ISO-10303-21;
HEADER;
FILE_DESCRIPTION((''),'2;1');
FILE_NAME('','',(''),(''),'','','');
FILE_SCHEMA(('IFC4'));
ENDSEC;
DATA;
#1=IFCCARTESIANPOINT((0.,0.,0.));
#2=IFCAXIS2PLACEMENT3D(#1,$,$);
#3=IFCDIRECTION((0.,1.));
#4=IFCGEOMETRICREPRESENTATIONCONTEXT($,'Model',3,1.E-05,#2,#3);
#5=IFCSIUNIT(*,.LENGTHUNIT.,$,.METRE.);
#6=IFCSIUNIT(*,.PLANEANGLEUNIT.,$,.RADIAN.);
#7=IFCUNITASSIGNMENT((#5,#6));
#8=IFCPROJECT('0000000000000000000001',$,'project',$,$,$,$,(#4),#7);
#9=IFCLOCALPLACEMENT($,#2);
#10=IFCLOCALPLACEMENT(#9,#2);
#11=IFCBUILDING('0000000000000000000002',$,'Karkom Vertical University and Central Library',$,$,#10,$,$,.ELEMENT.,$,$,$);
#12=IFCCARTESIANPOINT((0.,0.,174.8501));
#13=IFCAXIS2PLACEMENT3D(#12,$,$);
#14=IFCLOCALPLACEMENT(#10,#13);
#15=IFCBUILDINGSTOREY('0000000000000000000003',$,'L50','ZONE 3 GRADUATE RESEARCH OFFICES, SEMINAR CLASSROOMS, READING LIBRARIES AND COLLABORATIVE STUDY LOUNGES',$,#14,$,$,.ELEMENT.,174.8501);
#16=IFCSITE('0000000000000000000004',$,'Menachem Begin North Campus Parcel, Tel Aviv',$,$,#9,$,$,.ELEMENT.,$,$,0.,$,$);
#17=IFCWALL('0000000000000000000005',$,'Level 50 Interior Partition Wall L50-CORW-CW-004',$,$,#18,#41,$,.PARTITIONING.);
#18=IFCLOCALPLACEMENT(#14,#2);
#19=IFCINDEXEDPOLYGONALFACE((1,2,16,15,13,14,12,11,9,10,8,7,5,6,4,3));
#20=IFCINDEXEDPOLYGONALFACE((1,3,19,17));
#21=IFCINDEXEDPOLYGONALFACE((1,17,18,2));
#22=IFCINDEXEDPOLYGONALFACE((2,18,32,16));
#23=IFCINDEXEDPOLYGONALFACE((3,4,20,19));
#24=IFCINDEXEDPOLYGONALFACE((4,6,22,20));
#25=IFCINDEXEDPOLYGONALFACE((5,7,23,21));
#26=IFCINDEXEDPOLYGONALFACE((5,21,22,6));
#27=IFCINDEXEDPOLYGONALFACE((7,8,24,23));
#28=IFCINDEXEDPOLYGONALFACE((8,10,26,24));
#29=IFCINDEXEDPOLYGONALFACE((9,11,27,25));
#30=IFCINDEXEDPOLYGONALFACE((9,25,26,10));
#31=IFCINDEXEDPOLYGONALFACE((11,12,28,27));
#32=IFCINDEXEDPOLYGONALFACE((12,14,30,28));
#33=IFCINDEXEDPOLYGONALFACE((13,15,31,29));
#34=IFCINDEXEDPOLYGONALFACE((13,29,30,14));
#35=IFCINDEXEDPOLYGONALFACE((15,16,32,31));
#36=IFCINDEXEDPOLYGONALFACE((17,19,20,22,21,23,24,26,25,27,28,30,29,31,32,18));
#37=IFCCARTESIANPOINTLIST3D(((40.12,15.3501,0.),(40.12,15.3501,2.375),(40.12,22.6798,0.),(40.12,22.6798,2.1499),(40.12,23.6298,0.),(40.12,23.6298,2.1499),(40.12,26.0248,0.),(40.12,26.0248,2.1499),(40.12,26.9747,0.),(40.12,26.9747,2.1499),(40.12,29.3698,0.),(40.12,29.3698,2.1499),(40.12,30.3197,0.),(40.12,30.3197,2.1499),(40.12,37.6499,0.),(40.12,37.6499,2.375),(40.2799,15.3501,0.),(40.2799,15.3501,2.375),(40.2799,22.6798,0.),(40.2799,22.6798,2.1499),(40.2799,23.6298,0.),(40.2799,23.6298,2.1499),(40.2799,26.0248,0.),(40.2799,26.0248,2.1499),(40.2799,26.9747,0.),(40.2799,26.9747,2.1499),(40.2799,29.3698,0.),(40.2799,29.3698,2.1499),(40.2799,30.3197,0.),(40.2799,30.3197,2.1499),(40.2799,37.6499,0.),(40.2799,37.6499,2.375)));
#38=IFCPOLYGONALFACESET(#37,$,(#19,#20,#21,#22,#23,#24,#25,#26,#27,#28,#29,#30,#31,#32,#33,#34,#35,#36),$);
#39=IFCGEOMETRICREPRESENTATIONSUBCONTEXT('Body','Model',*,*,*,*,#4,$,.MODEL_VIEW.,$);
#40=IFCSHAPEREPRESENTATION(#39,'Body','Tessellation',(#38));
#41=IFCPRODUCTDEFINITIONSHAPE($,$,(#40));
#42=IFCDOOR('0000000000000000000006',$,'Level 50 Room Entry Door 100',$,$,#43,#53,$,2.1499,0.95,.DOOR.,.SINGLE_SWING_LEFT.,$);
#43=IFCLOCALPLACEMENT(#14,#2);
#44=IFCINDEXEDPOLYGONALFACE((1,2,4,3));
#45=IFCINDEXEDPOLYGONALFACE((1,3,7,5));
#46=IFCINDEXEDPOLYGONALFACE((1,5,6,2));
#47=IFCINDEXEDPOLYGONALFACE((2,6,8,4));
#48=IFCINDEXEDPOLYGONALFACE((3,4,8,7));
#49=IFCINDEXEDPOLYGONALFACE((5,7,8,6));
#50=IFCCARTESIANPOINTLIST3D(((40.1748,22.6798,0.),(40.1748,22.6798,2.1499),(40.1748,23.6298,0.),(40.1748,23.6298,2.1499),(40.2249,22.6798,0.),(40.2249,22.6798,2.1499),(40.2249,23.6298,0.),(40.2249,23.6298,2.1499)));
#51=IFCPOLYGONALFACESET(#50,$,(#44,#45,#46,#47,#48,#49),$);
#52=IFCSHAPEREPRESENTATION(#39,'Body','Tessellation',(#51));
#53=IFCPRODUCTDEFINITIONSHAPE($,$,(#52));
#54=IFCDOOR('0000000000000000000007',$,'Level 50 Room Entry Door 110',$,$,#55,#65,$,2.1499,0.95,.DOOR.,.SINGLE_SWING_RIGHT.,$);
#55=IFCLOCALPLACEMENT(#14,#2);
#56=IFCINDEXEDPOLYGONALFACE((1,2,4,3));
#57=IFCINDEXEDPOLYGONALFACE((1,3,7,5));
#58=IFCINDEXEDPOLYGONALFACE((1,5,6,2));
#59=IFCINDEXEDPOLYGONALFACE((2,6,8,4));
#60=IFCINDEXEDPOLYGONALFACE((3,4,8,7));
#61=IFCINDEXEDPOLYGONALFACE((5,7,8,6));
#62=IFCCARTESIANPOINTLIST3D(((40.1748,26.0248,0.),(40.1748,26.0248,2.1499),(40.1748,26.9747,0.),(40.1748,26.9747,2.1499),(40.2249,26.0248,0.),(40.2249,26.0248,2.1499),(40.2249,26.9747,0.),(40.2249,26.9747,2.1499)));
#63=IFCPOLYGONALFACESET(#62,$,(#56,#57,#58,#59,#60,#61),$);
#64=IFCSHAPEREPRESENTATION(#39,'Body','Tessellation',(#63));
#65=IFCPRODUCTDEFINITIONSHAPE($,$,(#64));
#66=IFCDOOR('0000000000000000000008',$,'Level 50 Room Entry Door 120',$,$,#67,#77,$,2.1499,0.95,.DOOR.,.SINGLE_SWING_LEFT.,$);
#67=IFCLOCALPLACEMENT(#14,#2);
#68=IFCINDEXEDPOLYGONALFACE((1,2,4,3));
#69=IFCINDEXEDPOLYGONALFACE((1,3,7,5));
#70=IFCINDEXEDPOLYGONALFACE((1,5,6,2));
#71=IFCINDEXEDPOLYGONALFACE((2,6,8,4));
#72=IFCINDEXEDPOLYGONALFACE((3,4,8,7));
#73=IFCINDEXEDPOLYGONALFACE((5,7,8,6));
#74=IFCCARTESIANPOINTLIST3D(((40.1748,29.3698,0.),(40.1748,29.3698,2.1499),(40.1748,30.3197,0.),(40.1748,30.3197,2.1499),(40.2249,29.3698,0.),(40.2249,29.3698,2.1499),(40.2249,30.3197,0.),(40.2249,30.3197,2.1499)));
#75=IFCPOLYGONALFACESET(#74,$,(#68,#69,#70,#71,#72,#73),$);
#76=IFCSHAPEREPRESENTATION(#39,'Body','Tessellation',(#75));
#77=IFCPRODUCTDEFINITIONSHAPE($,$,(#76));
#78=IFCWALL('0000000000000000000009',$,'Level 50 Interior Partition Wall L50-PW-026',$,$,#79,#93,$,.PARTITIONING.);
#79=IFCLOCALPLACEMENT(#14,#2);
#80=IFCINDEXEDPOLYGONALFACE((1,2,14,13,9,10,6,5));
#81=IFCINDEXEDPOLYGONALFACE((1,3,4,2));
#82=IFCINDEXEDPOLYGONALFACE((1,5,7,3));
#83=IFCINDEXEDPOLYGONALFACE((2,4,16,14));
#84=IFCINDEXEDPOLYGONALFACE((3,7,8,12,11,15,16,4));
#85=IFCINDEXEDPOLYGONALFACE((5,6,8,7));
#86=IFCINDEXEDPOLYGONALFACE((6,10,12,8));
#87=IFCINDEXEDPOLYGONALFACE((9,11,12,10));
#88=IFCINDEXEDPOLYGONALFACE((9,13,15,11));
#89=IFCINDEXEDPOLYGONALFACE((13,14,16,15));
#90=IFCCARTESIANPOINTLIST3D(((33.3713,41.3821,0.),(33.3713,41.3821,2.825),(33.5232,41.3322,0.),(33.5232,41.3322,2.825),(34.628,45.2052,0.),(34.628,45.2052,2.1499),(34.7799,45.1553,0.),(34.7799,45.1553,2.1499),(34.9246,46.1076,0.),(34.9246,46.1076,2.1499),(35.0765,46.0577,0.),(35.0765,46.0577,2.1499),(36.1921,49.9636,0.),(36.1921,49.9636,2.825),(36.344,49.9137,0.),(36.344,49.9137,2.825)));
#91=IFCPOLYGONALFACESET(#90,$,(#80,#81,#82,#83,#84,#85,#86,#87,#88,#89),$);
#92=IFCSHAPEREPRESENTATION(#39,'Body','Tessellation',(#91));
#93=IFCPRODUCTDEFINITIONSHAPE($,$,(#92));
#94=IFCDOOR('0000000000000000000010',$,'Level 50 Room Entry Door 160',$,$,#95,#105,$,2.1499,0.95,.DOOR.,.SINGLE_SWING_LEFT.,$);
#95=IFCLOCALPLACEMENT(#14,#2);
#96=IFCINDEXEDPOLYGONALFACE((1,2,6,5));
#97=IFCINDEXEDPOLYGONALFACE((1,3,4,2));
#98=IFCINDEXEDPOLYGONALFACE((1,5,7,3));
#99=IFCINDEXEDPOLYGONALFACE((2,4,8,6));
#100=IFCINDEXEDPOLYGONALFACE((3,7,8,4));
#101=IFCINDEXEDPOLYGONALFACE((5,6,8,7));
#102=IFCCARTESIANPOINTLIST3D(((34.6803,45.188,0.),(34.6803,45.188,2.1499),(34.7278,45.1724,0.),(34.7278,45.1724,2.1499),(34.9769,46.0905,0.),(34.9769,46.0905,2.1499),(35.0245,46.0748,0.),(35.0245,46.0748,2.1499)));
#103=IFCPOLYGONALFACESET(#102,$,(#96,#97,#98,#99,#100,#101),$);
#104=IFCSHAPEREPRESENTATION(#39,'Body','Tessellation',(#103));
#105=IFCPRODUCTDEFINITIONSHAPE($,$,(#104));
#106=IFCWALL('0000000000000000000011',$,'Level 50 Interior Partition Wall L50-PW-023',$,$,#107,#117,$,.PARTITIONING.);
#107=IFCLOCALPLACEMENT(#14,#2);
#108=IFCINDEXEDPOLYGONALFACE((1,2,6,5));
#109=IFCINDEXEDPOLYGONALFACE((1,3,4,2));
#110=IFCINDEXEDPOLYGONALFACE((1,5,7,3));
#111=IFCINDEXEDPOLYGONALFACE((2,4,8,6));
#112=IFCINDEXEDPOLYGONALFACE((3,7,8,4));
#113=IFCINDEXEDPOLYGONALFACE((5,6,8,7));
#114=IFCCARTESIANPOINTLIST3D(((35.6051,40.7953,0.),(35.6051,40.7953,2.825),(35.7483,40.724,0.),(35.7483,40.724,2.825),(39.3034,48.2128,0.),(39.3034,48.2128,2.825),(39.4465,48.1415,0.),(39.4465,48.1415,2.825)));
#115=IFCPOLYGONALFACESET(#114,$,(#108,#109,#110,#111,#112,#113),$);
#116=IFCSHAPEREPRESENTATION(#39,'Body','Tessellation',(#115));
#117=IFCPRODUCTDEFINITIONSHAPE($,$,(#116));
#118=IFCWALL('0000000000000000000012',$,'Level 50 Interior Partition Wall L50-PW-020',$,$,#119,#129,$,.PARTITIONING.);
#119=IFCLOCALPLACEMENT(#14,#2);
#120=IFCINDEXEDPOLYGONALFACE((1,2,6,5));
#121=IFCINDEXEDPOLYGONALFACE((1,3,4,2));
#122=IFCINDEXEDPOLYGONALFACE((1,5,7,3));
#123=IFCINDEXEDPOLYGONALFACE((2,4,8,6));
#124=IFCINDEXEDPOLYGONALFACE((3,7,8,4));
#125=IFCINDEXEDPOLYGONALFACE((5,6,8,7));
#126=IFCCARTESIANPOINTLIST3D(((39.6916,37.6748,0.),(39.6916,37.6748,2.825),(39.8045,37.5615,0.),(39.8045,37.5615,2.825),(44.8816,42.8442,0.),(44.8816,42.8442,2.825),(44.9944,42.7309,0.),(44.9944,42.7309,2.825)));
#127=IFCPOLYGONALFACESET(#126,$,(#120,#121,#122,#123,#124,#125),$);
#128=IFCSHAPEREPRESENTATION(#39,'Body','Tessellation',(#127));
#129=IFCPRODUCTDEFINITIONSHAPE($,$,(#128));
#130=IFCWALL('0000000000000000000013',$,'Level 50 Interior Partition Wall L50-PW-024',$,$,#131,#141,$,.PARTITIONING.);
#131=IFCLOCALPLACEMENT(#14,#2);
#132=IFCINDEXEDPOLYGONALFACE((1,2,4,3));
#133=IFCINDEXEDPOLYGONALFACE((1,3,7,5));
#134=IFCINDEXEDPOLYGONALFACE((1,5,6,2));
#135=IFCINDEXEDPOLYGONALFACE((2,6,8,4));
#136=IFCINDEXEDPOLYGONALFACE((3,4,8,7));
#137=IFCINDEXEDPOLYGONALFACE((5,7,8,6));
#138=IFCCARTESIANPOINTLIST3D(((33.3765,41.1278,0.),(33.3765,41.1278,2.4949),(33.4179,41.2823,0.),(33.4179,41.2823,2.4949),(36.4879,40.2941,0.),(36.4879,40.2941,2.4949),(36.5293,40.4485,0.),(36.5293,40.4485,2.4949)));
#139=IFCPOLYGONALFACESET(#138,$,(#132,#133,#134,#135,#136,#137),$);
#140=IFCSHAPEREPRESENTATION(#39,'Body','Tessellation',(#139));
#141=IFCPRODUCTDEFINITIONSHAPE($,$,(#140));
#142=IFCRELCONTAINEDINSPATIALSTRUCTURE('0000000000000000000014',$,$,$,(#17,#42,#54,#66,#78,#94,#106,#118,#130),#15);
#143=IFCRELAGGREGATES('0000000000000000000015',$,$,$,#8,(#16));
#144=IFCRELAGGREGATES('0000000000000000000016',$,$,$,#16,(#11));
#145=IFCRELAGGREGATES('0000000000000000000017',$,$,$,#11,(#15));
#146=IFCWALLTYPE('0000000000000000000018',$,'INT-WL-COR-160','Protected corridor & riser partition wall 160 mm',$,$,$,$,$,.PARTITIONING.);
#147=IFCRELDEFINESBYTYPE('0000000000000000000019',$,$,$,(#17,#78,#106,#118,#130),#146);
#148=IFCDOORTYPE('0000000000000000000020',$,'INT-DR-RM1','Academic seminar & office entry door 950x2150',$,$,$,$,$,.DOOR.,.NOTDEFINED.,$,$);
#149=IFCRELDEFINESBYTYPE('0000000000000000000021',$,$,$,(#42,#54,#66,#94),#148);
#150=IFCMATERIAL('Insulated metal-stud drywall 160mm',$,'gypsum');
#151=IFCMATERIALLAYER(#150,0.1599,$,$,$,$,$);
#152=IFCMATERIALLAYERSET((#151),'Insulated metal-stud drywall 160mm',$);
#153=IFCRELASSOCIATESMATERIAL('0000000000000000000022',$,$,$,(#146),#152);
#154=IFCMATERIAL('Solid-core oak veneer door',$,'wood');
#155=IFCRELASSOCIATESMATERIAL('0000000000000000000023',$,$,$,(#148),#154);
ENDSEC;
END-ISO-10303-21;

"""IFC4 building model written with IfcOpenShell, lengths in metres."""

from ifc_helpers import new_model, si_unit, direction, frame, frame_2d, origin, origin_with_axes, place, context, subcontext, project, spatial, rectangle, extrude, source, transform, mapped, material, layer, layer_set, type_object, element, fill, save


model = new_model("IFC4")

# Units and contexts
model_context = context("Model", 3, precision=1e-05, world=origin(), true_north=direction((0.0, 1.0)))
body_context = subcontext(model_context, "Body", "Model", "MODEL_VIEW")
ifc_project = project(units=[si_unit("LENGTHUNIT", "METRE"), si_unit("PLANEANGLEUNIT", "RADIAN")], contexts=[model_context])

# Site, building, storey
site_placement = place(None, origin())
site = spatial("IfcSite", under=ifc_project, at=site_placement, Name="Menachem Begin North Campus Parcel, Tel Aviv", CompositionType="ELEMENT", RefElevation=0.0)
building_placement = place(site_placement, origin())
building = spatial("IfcBuilding", under=site, at=building_placement, Name="Karkom Vertical University and Central Library", CompositionType="ELEMENT")
storey_placement = place(building_placement, frame((0.0, 0.0, 174.8501)))
storey = spatial("IfcBuildingStorey", under=building, at=storey_placement, Name="L50", Description="ZONE 3 GRADUATE RESEARCH OFFICES, SEMINAR CLASSROOMS, READING LIBRARIES AND COLLABORATIVE STUDY LOUNGES", CompositionType="ELEMENT", Elevation=174.8501)

# Wall, openings, doors
ifc_material_1 = material(Name="Insulated metal-stud drywall 160mm", Category="gypsum")
ifc_layer_1 = layer(ifc_material_1, 0.1599)
ifc_layer_set_1 = layer_set([ifc_layer_1], Name="Insulated metal-stud drywall 160mm")
wall_type_1 = type_object("IfcWallType", Name="INT-WL-COR-160", Description="Protected corridor & riser partition wall 160 mm", PredefinedType="PARTITIONING", material=ifc_layer_set_1)
wall_1_placement = place(storey_placement, frame((40.2, 37.6499, 0.0), z_axis=(0.0, 0.0, 1.0), x_axis=(0.0, -1.0, 0.0)))
wall_1 = element("IfcWall", 1, at=wall_1_placement, inside=storey, type_object=wall_type_1, Name="Level 50 Interior Partition Wall L50-CORW-CW-004", PredefinedType="PARTITIONING", context=body_context, shape_type="SweptSolid", body=[
    extrude(rectangle(XDim=22.2998, YDim=0.1599, at=frame_2d((11.1499, 0.0))), origin(), (0.0, 0.0, 1.0), 2.375),
])
opening_1_placement = place(wall_1_placement, frame((14.02, 0.0, 0.0)))
opening_1 = element("IfcOpeningElement", 2, at=opening_1_placement, cuts=wall_1, PredefinedType="OPENING", context=body_context, shape_type="SweptSolid", body=[
    extrude(rectangle(XDim=0.95, YDim=2.1499, at=frame_2d((0.4751, 1.075))), frame((0.0, 0.0898, 0.0), z_axis=(0.0, -1.0, 0.0), x_axis=(1.0, 0.0, 0.0)), (0.0, 0.0, 1.0), 0.1799),
])
opening_2_placement = place(wall_1_placement, frame((10.675, 0.0, 0.0)))
opening_2 = element("IfcOpeningElement", 3, at=opening_2_placement, cuts=wall_1, PredefinedType="OPENING", context=body_context, shape_type="SweptSolid", body=[
    extrude(rectangle(XDim=0.95, YDim=2.1499, at=frame_2d((0.4751, 1.075))), frame((0.0, 0.0898, 0.0), z_axis=(0.0, -1.0, 0.0), x_axis=(1.0, 0.0, 0.0)), (0.0, 0.0, 1.0), 0.1799),
])
opening_3_placement = place(wall_1_placement, frame((7.3301, 0.0, 0.0)))
opening_3 = element("IfcOpeningElement", 4, at=opening_3_placement, cuts=wall_1, PredefinedType="OPENING", context=body_context, shape_type="SweptSolid", body=[
    extrude(rectangle(XDim=0.95, YDim=2.1499, at=frame_2d((0.4751, 1.075))), frame((0.0, 0.0898, 0.0), z_axis=(0.0, -1.0, 0.0), x_axis=(1.0, 0.0, 0.0)), (0.0, 0.0, 1.0), 0.1799),
])
ifc_material_2 = material(Name="Solid-core oak veneer door", Category="wood")
door_type = type_object("IfcDoorType", Name="INT-DR-RM1", Description="Academic seminar & office entry door 950x2150", OperationType="NOTDEFINED", PredefinedType="DOOR", material=ifc_material_2)
shared_shape_1 = source(origin_with_axes(), body_context, "Body", "SweptSolid", [
    extrude(rectangle(XDim=0.95, YDim=2.1499, at=frame_2d((0.4751, 1.075))), frame((0.0, 0.0249, 0.0), z_axis=(0.0, -1.0, 0.0), x_axis=(1.0, 0.0, 0.0)), (0.0, 0.0, 1.0), 0.05),
])
door_1_placement = place(opening_1_placement, origin())
door_1 = element("IfcDoor", 5, at=door_1_placement, inside=storey, type_object=door_type, Name="Level 50 Room Entry Door 100", OperationType="SINGLE_SWING_LEFT", OverallHeight=2.1499, OverallWidth=0.95, PredefinedType="DOOR", context=body_context, shape_type="MappedRepresentation", body=[
    mapped(shared_shape_1, transform((0.0, 0.0, 0.0), scale=1.0)),
])
fill(opening_1, door_1)
door_2_placement = place(opening_2_placement, origin())
door_2 = element("IfcDoor", 6, at=door_2_placement, inside=storey, type_object=door_type, Name="Level 50 Room Entry Door 110", OperationType="SINGLE_SWING_RIGHT", OverallHeight=2.1499, OverallWidth=0.95, PredefinedType="DOOR", context=body_context, shape_type="MappedRepresentation", body=[
    mapped(shared_shape_1, transform((0.0, 0.0, 0.0), scale=1.0)),
])
fill(opening_2, door_2)
door_3_placement = place(opening_3_placement, origin())
door_3 = element("IfcDoor", 7, at=door_3_placement, inside=storey, type_object=door_type, Name="Level 50 Room Entry Door 120", OperationType="SINGLE_SWING_LEFT", OverallHeight=2.1499, OverallWidth=0.95, PredefinedType="DOOR", context=body_context, shape_type="MappedRepresentation", body=[
    mapped(shared_shape_1, transform((0.0, 0.0, 0.0), scale=1.0)),
])
fill(opening_3, door_3)

# Wall, opening, door
wall_2_placement = place(storey_placement, frame((33.4473, 41.3572, 0.0), z_axis=(0.0, 0.0, 1.0), x_axis=(0.312268, 0.949994, 0.0)))
wall_2 = element("IfcWall", 8, at=wall_2_placement, inside=storey, type_object=wall_type_1, Name="Level 50 Interior Partition Wall L50-PW-026", PredefinedType="PARTITIONING", context=body_context, shape_type="SweptSolid", body=[
    extrude(rectangle(XDim=9.0332, YDim=0.1599, at=frame_2d((4.5166, 0.0))), origin(), (0.0, 0.0, 1.0), 2.825),
])
opening_4_placement = place(wall_2_placement, frame((4.0242, 0.0, 0.0)))
opening_4 = element("IfcOpeningElement", 9, at=opening_4_placement, cuts=wall_2, PredefinedType="OPENING", context=body_context, shape_type="SweptSolid", body=[
    extrude(rectangle(XDim=0.95, YDim=2.1499, at=frame_2d((0.4751, 1.075))), frame((0.0, 0.0898, 0.0), z_axis=(0.0, -1.0, 0.0), x_axis=(1.0, 0.0, 0.0)), (0.0, 0.0, 1.0), 0.1799),
])
door_4_placement = place(opening_4_placement, origin())
door_4 = element("IfcDoor", 10, at=door_4_placement, inside=storey, type_object=door_type, Name="Level 50 Room Entry Door 160", OperationType="SINGLE_SWING_LEFT", OverallHeight=2.1499, OverallWidth=0.95, PredefinedType="DOOR", context=body_context, shape_type="MappedRepresentation", body=[
    mapped(shared_shape_1, transform((0.0, 0.0, 0.0), scale=1.0)),
])
fill(opening_4, door_4)

# Walls
wall_3_placement = place(storey_placement, frame((35.6768, 40.7598, 0.0), z_axis=(0.0, 0.0, 1.0), x_axis=(0.4462, 0.894933, 0.0)))
element("IfcWall", 11, at=wall_3_placement, inside=storey, type_object=wall_type_1, Name="Level 50 Interior Partition Wall L50-PW-023", PredefinedType="PARTITIONING", context=body_context, shape_type="SweptSolid", body=[
    extrude(rectangle(XDim=8.2883, YDim=0.1599, at=frame_2d((4.144, 0.0))), origin(), (0.0, 0.0, 1.0), 2.825),
])
wall_4_placement = place(storey_placement, frame((39.748, 37.6182, 0.0), z_axis=(0.0, 0.0, 1.0), x_axis=(0.708505, 0.705706, 0.0)))
element("IfcWall", 12, at=wall_4_placement, inside=storey, type_object=wall_type_1, Name="Level 50 Interior Partition Wall L50-PW-020", PredefinedType="PARTITIONING", context=body_context, shape_type="SweptSolid", body=[
    extrude(rectangle(XDim=7.3252, YDim=0.1599, at=frame_2d((3.6626, 0.0))), origin(), (0.0, 0.0, 1.0), 2.825),
])

# Wall
wall_5_placement = place(storey_placement, frame((33.3972, 41.2051, 0.0), z_axis=(0.0, 0.0, 1.0), x_axis=(0.965921, -0.258837, 0.0)))
element("IfcWall", 13, at=wall_5_placement, inside=storey, type_object=wall_type_1, Name="Level 50 Interior Partition Wall L50-PW-024", PredefinedType="PARTITIONING", context=body_context, shape_type="SweptSolid", body=[
    extrude(rectangle(XDim=3.2212, YDim=0.1599, at=frame_2d((1.6106, 0.0))), origin(), (0.0, 0.0, 1.0), 2.4949),
])

save(model, "model.ifc")
